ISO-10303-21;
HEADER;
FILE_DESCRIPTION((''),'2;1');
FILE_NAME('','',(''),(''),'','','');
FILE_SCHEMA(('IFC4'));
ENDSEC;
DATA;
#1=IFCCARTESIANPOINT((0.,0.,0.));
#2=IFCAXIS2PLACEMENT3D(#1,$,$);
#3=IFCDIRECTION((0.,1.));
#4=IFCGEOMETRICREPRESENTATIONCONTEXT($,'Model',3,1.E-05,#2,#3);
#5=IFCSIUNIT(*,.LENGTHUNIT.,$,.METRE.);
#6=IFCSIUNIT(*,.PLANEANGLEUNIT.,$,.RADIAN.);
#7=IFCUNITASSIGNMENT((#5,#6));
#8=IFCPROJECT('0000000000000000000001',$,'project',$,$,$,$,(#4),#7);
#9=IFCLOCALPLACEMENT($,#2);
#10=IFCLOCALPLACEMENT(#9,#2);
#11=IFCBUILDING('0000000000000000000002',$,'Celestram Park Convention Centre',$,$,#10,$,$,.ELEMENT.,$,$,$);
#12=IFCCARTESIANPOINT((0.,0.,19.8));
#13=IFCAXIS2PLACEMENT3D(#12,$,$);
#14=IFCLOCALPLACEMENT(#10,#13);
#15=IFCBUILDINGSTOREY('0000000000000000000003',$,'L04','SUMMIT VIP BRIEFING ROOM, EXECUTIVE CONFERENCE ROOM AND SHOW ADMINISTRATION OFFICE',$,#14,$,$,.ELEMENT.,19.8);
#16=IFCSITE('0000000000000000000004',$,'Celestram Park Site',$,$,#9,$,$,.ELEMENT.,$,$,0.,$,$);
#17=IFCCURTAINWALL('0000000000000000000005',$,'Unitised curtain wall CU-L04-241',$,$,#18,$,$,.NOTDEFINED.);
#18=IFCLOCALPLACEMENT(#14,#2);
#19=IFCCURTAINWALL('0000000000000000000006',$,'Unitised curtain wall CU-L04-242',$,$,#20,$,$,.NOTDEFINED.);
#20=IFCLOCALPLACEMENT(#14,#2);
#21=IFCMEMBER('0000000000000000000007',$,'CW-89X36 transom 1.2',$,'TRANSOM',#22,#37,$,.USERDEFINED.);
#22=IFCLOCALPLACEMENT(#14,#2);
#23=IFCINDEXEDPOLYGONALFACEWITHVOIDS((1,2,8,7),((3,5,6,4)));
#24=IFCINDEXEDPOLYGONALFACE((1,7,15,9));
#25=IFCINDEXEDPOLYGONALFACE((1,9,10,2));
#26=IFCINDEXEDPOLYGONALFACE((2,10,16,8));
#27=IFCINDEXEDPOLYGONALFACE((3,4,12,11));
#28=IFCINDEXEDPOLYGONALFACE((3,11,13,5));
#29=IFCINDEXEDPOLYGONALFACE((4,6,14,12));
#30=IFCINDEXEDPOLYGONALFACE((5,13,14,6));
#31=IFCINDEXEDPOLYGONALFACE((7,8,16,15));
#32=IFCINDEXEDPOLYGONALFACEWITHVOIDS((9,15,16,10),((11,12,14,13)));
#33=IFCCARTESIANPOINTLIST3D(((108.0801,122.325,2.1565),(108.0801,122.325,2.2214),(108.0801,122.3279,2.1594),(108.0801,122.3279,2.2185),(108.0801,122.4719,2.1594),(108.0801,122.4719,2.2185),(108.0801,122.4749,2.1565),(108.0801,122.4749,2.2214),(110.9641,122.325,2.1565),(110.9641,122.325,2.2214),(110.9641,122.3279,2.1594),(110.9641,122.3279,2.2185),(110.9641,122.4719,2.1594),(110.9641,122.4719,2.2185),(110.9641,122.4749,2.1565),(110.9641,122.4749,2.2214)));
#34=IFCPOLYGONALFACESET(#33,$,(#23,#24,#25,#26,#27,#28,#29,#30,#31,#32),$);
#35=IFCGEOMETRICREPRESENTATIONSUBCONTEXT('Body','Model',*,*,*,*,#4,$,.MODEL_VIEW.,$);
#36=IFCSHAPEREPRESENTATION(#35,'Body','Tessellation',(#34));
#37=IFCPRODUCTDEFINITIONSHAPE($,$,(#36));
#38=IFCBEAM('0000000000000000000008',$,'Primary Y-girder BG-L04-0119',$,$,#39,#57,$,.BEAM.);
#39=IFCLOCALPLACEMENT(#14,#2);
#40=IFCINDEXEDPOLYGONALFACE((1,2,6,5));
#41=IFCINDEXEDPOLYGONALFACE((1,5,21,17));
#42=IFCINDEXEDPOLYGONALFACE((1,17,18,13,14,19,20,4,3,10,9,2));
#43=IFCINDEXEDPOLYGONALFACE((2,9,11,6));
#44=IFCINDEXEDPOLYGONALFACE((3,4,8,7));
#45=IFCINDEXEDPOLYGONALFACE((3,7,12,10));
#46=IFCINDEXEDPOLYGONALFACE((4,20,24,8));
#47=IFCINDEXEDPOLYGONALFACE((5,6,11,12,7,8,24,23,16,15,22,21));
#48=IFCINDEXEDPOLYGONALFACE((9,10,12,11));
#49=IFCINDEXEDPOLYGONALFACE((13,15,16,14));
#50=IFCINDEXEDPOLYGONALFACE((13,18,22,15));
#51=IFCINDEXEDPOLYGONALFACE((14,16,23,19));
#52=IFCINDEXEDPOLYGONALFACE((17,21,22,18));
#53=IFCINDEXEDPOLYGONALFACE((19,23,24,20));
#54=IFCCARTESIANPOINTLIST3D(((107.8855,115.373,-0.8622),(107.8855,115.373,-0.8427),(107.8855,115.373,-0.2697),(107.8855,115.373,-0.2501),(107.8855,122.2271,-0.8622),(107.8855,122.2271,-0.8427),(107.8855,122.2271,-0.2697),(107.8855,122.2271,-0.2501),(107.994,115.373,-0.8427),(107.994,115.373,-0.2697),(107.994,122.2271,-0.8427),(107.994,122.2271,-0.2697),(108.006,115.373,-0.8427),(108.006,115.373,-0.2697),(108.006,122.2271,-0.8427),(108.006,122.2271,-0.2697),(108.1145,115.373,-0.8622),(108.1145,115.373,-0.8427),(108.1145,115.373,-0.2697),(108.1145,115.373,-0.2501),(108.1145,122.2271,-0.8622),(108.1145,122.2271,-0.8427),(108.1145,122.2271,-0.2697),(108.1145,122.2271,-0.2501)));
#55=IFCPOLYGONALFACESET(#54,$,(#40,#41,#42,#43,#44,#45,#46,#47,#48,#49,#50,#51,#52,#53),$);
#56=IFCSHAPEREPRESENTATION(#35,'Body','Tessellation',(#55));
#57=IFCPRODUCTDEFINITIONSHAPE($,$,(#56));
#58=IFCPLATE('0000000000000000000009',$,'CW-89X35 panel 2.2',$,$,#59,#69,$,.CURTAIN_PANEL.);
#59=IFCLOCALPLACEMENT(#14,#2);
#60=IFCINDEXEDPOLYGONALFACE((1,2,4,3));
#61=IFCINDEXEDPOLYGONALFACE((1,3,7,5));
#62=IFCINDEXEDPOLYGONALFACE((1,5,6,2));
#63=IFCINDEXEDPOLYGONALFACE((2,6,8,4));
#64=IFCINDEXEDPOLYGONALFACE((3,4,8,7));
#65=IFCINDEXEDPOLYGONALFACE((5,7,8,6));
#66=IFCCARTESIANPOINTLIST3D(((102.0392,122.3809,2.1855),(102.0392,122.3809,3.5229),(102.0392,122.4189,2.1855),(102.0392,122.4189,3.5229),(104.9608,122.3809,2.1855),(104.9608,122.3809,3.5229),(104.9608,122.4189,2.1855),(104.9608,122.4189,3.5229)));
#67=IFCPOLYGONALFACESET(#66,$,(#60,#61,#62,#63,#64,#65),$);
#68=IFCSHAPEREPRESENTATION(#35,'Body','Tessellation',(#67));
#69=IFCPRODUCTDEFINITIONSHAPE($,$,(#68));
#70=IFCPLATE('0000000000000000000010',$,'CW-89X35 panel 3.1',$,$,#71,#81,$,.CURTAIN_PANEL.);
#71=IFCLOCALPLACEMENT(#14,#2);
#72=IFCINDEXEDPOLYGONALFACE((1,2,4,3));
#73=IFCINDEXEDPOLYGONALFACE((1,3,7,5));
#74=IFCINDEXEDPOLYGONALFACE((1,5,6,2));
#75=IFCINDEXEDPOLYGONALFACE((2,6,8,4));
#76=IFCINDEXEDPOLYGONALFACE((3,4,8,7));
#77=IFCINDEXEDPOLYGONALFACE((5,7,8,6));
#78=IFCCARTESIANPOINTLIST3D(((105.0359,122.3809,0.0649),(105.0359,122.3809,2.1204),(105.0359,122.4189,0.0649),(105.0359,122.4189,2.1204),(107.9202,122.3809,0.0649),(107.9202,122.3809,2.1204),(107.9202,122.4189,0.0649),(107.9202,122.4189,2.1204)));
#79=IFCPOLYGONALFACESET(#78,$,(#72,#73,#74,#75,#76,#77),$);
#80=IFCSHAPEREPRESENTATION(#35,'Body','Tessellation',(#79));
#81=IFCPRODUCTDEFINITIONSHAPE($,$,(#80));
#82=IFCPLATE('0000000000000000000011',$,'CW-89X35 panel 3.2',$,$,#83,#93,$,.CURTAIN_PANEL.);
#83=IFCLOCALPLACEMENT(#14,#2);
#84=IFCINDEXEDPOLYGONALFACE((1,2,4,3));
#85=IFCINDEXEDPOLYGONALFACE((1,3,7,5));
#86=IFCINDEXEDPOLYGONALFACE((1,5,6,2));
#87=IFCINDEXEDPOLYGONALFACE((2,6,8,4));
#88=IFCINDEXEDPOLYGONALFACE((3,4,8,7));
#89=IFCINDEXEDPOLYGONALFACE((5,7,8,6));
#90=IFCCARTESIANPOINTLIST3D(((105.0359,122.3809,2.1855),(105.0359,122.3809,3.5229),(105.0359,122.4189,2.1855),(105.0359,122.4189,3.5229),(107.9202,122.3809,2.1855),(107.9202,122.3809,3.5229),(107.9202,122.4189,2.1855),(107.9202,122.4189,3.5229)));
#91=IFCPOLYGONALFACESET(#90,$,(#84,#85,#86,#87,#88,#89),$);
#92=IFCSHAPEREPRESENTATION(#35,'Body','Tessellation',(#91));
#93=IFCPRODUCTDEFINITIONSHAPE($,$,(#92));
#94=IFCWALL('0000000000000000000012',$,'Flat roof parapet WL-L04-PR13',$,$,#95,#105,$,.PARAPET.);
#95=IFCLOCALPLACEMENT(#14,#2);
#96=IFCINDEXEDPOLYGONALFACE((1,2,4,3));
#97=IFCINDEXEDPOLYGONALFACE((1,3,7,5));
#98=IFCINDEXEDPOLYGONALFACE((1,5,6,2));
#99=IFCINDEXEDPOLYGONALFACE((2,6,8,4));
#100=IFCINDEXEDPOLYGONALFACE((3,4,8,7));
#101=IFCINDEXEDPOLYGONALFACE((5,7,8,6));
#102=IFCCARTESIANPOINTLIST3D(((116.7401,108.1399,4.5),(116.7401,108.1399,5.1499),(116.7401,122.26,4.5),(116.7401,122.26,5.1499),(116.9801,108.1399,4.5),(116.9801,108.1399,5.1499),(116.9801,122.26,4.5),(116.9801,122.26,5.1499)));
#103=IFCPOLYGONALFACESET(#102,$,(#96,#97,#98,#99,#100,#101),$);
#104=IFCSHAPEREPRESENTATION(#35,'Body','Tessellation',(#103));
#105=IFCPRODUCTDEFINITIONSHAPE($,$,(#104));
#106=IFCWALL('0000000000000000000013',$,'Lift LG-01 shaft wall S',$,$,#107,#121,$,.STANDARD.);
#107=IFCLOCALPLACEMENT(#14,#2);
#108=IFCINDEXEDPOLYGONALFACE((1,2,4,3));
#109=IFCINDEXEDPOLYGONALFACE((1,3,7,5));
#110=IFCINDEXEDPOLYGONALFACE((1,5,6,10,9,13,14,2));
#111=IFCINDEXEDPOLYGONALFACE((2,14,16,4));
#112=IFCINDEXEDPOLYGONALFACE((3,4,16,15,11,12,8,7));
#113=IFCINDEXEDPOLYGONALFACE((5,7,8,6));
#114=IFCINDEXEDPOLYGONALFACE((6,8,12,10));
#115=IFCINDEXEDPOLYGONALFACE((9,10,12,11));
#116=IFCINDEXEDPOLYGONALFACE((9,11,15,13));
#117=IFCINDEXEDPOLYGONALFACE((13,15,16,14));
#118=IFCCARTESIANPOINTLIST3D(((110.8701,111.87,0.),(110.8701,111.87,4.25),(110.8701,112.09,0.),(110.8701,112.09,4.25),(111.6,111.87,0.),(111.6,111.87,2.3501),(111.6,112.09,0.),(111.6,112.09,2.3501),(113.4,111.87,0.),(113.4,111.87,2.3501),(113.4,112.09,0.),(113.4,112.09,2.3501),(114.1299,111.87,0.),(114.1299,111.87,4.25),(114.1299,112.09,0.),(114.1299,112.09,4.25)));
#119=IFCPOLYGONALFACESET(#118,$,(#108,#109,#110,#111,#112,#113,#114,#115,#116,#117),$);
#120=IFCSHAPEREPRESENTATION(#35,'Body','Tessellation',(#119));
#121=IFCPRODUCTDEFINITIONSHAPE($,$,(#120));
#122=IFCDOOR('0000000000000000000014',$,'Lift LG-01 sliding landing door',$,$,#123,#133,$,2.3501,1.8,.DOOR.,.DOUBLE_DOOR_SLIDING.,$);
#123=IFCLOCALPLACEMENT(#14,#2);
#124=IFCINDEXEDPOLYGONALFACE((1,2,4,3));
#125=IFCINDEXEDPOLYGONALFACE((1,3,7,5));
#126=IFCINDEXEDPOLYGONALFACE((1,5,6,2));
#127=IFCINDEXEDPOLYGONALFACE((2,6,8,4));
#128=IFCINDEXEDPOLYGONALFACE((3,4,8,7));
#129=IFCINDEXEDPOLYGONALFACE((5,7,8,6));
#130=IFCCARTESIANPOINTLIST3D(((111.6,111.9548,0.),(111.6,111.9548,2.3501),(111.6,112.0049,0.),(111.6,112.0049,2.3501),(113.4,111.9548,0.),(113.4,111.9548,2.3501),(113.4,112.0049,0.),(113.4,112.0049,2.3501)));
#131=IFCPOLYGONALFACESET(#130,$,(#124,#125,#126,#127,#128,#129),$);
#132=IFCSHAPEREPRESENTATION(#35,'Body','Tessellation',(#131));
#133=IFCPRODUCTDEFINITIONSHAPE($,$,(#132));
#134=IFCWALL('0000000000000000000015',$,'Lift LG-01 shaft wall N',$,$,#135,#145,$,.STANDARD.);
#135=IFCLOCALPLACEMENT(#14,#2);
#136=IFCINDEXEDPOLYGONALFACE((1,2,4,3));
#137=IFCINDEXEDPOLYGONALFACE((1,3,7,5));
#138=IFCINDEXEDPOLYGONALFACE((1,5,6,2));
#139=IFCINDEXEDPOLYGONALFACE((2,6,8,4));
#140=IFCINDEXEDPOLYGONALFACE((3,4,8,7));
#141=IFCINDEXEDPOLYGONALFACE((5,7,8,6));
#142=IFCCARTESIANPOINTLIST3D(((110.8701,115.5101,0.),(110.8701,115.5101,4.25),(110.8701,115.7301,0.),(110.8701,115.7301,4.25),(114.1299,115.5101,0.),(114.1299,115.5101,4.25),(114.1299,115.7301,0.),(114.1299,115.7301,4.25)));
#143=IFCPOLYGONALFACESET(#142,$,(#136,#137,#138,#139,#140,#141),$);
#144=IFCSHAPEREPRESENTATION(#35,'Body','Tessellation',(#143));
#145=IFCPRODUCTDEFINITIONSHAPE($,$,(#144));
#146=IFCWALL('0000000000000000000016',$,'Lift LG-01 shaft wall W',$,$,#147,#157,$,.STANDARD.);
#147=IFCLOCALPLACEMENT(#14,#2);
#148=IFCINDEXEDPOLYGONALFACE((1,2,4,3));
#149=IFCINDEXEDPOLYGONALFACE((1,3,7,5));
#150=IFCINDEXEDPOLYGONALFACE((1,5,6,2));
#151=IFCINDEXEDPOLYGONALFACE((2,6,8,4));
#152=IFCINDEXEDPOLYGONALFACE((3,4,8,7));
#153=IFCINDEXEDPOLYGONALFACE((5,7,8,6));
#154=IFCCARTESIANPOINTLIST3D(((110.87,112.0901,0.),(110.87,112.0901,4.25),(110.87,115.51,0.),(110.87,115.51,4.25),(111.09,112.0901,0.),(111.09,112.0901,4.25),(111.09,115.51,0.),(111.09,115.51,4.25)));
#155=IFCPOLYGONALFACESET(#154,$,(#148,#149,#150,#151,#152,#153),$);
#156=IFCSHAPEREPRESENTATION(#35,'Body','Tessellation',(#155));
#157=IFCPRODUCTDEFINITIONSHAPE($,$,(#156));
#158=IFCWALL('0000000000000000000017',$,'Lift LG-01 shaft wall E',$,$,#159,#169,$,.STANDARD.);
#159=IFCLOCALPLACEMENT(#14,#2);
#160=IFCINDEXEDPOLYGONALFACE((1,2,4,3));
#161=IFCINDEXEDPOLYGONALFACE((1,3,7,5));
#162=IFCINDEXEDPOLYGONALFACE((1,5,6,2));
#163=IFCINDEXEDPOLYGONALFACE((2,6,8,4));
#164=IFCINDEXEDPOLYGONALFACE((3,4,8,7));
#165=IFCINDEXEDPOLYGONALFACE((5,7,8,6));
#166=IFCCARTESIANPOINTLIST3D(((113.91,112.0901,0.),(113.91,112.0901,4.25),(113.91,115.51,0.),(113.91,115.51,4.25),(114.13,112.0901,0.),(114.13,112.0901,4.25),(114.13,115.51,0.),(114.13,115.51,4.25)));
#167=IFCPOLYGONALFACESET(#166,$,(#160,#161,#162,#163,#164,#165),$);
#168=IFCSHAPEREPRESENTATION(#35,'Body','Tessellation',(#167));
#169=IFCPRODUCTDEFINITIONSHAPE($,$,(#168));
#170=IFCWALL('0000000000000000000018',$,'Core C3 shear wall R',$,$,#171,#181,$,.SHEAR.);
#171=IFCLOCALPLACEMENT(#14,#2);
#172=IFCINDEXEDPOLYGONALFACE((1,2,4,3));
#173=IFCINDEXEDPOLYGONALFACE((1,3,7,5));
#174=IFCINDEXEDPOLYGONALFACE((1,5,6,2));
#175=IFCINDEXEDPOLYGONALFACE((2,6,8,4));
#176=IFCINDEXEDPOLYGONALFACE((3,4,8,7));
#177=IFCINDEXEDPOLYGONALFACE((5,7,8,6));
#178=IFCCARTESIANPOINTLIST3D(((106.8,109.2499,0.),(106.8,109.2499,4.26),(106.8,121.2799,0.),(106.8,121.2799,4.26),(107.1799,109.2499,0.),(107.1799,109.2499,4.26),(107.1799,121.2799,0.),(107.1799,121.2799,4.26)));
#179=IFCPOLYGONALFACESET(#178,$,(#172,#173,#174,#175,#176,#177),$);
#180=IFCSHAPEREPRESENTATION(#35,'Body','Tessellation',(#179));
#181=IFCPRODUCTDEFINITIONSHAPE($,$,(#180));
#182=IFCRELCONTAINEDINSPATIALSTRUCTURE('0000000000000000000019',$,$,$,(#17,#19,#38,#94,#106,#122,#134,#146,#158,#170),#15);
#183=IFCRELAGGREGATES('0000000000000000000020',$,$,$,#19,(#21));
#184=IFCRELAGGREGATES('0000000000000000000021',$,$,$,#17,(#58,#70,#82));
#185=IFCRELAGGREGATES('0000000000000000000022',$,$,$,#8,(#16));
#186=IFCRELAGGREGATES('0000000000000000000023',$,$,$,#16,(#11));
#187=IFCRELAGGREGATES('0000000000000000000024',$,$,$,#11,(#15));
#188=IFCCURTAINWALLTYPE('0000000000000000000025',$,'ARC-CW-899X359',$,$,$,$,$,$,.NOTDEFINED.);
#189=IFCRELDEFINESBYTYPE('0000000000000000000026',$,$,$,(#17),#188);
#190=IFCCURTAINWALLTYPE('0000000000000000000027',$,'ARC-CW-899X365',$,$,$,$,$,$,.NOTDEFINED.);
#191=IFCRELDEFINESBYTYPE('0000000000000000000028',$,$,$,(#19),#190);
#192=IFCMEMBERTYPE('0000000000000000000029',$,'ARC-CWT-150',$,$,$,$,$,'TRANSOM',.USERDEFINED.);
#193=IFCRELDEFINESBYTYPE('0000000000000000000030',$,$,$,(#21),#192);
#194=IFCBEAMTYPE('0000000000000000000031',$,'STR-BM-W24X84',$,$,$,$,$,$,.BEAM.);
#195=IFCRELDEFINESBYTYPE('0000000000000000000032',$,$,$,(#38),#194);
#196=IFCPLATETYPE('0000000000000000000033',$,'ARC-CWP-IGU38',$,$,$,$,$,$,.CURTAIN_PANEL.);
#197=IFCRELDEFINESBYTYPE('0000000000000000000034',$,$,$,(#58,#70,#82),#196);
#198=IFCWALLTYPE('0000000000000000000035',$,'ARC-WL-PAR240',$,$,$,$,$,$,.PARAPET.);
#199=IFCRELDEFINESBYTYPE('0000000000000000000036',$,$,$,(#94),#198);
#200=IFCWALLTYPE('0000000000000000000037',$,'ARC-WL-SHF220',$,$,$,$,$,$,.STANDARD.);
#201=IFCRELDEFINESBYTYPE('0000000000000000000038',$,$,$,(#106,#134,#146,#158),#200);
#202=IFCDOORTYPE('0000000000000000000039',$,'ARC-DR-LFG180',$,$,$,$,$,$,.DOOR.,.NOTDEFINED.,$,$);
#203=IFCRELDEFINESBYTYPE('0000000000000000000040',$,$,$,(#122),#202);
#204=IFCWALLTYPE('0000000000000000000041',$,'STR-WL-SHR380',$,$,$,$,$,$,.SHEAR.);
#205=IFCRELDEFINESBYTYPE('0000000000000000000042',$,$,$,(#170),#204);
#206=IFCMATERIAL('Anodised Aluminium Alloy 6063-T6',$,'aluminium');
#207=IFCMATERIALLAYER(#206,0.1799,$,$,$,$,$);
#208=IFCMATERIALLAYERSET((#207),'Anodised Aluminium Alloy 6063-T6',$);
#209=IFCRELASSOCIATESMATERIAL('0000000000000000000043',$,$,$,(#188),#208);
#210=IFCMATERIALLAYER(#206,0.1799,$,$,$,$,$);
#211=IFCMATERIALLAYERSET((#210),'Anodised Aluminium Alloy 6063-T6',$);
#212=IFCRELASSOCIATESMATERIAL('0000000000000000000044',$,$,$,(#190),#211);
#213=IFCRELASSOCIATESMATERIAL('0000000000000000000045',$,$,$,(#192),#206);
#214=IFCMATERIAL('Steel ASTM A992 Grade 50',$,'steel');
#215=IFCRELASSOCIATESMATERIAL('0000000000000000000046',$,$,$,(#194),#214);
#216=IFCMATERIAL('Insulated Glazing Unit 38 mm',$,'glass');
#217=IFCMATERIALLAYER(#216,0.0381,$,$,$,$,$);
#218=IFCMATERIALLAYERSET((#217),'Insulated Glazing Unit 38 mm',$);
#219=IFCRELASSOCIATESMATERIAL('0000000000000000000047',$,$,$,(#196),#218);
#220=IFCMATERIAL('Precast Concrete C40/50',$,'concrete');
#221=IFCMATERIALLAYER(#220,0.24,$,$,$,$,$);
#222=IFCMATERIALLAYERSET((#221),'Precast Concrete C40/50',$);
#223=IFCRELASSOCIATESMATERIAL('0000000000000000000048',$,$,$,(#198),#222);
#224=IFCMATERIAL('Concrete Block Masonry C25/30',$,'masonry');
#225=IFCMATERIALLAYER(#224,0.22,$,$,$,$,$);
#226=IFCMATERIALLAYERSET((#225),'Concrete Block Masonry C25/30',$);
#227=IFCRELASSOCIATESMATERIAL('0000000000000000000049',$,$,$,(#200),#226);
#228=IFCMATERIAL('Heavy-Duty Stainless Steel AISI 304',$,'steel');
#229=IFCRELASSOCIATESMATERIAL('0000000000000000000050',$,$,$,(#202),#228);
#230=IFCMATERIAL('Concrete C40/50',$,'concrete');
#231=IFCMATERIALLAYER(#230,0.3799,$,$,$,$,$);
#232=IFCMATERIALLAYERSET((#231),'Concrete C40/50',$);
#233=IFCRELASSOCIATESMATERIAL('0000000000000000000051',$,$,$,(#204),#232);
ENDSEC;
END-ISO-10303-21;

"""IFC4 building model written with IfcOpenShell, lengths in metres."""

from ifc_helpers import new_model, si_unit, direction, frame, frame_2d, origin, origin_2d, place, context, subcontext, project, spatial, rectangle, hollow_rectangle, i_section, extrude, material, layer, layer_set, material_profile, profile_set, type_object, element, fill, aggregate, save


model = new_model("IFC4")

# Units and contexts
model_context = context("Model", 3, precision=1e-05, world=origin(), true_north=direction((0.0, 1.0)))
body_context = subcontext(model_context, "Body", "Model", "MODEL_VIEW")
ifc_project = project(units=[si_unit("LENGTHUNIT", "METRE"), si_unit("PLANEANGLEUNIT", "RADIAN")], contexts=[model_context])

# Site, building, storey
site_placement = place(None, origin())
site = spatial("IfcSite", under=ifc_project, at=site_placement, Name="Celestram Park Site", CompositionType="ELEMENT", RefElevation=0.0)
building_placement = place(site_placement, origin())
building = spatial("IfcBuilding", under=site, at=building_placement, Name="Celestram Park Convention Centre", CompositionType="ELEMENT")
storey_placement = place(building_placement, frame((0.0, 0.0, 19.8)))
storey = spatial("IfcBuildingStorey", under=building, at=storey_placement, Name="L04", Description="SUMMIT VIP BRIEFING ROOM, EXECUTIVE CONFERENCE ROOM AND SHOW ADMINISTRATION OFFICE", CompositionType="ELEMENT", Elevation=19.8)

# Shared definitions
ifc_material_1 = material(Name="Steel ASTM A992 Grade 50", Category="steel")

# Curtain wall
ifc_material_2 = material(Name="Anodised Aluminium Alloy 6063-T6", Category="aluminium")
ifc_layer_1 = layer(ifc_material_2, 0.1799)
ifc_layer_set_1 = layer_set([ifc_layer_1], Name="Anodised Aluminium Alloy 6063-T6")
curtain_wall_type_1 = type_object("IfcCurtainWallType", Name="ARC-CW-899X359", PredefinedType="NOTDEFINED", material=ifc_layer_set_1)
curtain_wall_1_placement = place(storey_placement, origin())
curtain_wall_1 = element("IfcCurtainWall", 1, at=curtain_wall_1_placement, inside=storey, type_object=curtain_wall_type_1, Name="Unitised curtain wall CU-L04-241", PredefinedType="NOTDEFINED")

# Curtain wall
ifc_layer_2 = layer(ifc_material_2, 0.1799)
ifc_layer_set_2 = layer_set([ifc_layer_2], Name="Anodised Aluminium Alloy 6063-T6")
curtain_wall_type_2 = type_object("IfcCurtainWallType", Name="ARC-CW-899X365", PredefinedType="NOTDEFINED", material=ifc_layer_set_2)
curtain_wall_2_placement = place(storey_placement, origin())
curtain_wall_2 = element("IfcCurtainWall", 2, at=curtain_wall_2_placement, inside=storey, type_object=curtain_wall_type_2, Name="Unitised curtain wall CU-L04-242", PredefinedType="NOTDEFINED")

# Member
ifc_material_profile_1 = material_profile(ifc_material_2, hollow_rectangle(XDim=0.1499, YDim=0.0649, WallThickness=0.0029, at=origin_2d()), Name="ALU150X65X3")
ifc_profile_set_1 = profile_set([ifc_material_profile_1], Name="Anodised Aluminium Alloy 6063-T6")
member_type_1 = type_object("IfcMemberType", Name="ARC-CWT-150", ElementType="TRANSOM", PredefinedType="USERDEFINED", material=ifc_profile_set_1)
member_1_placement = place(storey_placement, frame((108.0801, 122.3999, 2.189), z_axis=(1.0, 0.0, 0.0), x_axis=(0.0, 1.0, 0.0)))
member_1 = element("IfcMember", 3, at=member_1_placement, type_object=member_type_1, Name="CW-89X36 transom 1.2", ObjectType="TRANSOM", PredefinedType="USERDEFINED", context=body_context, shape_type="SweptSolid", body=[
    extrude(hollow_rectangle(XDim=0.1499, YDim=0.0649, WallThickness=0.0029, at=origin_2d()), origin(), (0.0, 0.0, 1.0), 2.884),
])
aggregate(curtain_wall_2, [member_1])

# Beam
ifc_material_profile_2 = material_profile(ifc_material_1, i_section(OverallWidth=0.229, OverallDepth=0.6121, WebThickness=0.012, FlangeThickness=0.0195, at=origin_2d()), Name="W24X84")
ifc_profile_set_2 = profile_set([ifc_material_profile_2], Name="Steel ASTM A992 Grade 50")
beam_type = type_object("IfcBeamType", Name="STR-BM-W24X84", PredefinedType="BEAM", material=ifc_profile_set_2)
beam_placement = place(storey_placement, frame((108.0, 115.373, -0.5562), z_axis=(0.0, 1.0, 0.0), x_axis=(-1.0, 0.0, 0.0)))
element("IfcBeam", 4, at=beam_placement, inside=storey, type_object=beam_type, Name="Primary Y-girder BG-L04-0119", PredefinedType="BEAM", context=body_context, shape_type="SweptSolid", body=[
    extrude(i_section(OverallWidth=0.229, OverallDepth=0.6121, WebThickness=0.012, FlangeThickness=0.0195, at=origin_2d()), origin(), (0.0, 0.0, 1.0), 6.854),
])

# Plates
ifc_material_3 = material(Name="Insulated Glazing Unit 38 mm", Category="glass")
ifc_layer_3 = layer(ifc_material_3, 0.0381)
ifc_layer_set_3 = layer_set([ifc_layer_3], Name="Insulated Glazing Unit 38 mm")
plate_type = type_object("IfcPlateType", Name="ARC-CWP-IGU38", PredefinedType="CURTAIN_PANEL", material=ifc_layer_set_3)
plate_1_placement = place(storey_placement, frame((103.5, 122.3999, 2.1855), z_axis=(0.0, 0.0, 1.0), x_axis=(1.0, 0.0, 0.0)))
plate_1 = element("IfcPlate", 5, at=plate_1_placement, type_object=plate_type, Name="CW-89X35 panel 2.2", PredefinedType="CURTAIN_PANEL", context=body_context, shape_type="SweptSolid", body=[
    extrude(rectangle(XDim=2.9216, YDim=0.0381, at=origin_2d()), origin(), (0.0, 0.0, 1.0), 1.3374),
])
plate_2_placement = place(storey_placement, frame((106.478, 122.3999, 0.0649), z_axis=(0.0, 0.0, 1.0), x_axis=(1.0, 0.0, 0.0)))
plate_2 = element("IfcPlate", 6, at=plate_2_placement, type_object=plate_type, Name="CW-89X35 panel 3.1", PredefinedType="CURTAIN_PANEL", context=body_context, shape_type="SweptSolid", body=[
    extrude(rectangle(XDim=2.8843, YDim=0.0381, at=origin_2d()), origin(), (0.0, 0.0, 1.0), 2.0554),
])
plate_3_placement = place(storey_placement, frame((106.478, 122.3999, 2.1855), z_axis=(0.0, 0.0, 1.0), x_axis=(1.0, 0.0, 0.0)))
plate_3 = element("IfcPlate", 7, at=plate_3_placement, type_object=plate_type, Name="CW-89X35 panel 3.2", PredefinedType="CURTAIN_PANEL", context=body_context, shape_type="SweptSolid", body=[
    extrude(rectangle(XDim=2.8843, YDim=0.0381, at=origin_2d()), origin(), (0.0, 0.0, 1.0), 1.3374),
])
aggregate(curtain_wall_1, [plate_1, plate_2, plate_3])

# Wall
ifc_material_4 = material(Name="Precast Concrete C40/50", Category="concrete")
ifc_layer_4 = layer(ifc_material_4, 0.24)
ifc_layer_set_4 = layer_set([ifc_layer_4], Name="Precast Concrete C40/50")
wall_type_1 = type_object("IfcWallType", Name="ARC-WL-PAR240", PredefinedType="PARAPET", material=ifc_layer_set_4)
wall_1_placement = place(storey_placement, frame((116.8601, 122.26, 4.5), z_axis=(0.0, 0.0, 1.0), x_axis=(0.0, -1.0, 0.0)))
element("IfcWall", 8, at=wall_1_placement, inside=storey, type_object=wall_type_1, Name="Flat roof parapet WL-L04-PR13", PredefinedType="PARAPET", context=body_context, shape_type="SweptSolid", body=[
    extrude(rectangle(XDim=14.1201, YDim=0.24, at=frame_2d((7.0601, 0.0))), origin(), (0.0, 0.0, 1.0), 0.6499),
])

# Wall, opening, door
ifc_material_5 = material(Name="Concrete Block Masonry C25/30", Category="masonry")
ifc_layer_5 = layer(ifc_material_5, 0.22)
ifc_layer_set_5 = layer_set([ifc_layer_5], Name="Concrete Block Masonry C25/30")
wall_type_2 = type_object("IfcWallType", Name="ARC-WL-SHF220", PredefinedType="STANDARD", material=ifc_layer_set_5)
wall_2_placement = place(storey_placement, frame((110.8701, 111.98, 0.0), z_axis=(0.0, 0.0, 1.0), x_axis=(1.0, 0.0, 0.0)))
wall_2 = element("IfcWall", 9, at=wall_2_placement, inside=storey, type_object=wall_type_2, Name="Lift LG-01 shaft wall S", PredefinedType="STANDARD", context=body_context, shape_type="SweptSolid", body=[
    extrude(rectangle(XDim=3.2598, YDim=0.22, at=frame_2d((1.6299, 0.0))), origin(), (0.0, 0.0, 1.0), 4.25),
])
opening_placement = place(wall_2_placement, frame((0.73, 0.0, 0.0)))
opening = element("IfcOpeningElement", 10, at=opening_placement, cuts=wall_2, PredefinedType="OPENING", context=body_context, shape_type="SweptSolid", body=[
    extrude(rectangle(XDim=1.8, YDim=2.3501, at=frame_2d((0.8999, 1.175))), frame((0.0, 0.1199, 0.0), z_axis=(0.0, -1.0, 0.0), x_axis=(1.0, 0.0, 0.0)), (0.0, 0.0, 1.0), 0.24),
])
ifc_material_6 = material(Name="Heavy-Duty Stainless Steel AISI 304", Category="steel")
door_type = type_object("IfcDoorType", Name="ARC-DR-LFG180", OperationType="NOTDEFINED", PredefinedType="DOOR", material=ifc_material_6)
door_placement = place(opening_placement, origin())
door = element("IfcDoor", 11, at=door_placement, inside=storey, type_object=door_type, Name="Lift LG-01 sliding landing door", OperationType="DOUBLE_DOOR_SLIDING", OverallHeight=2.3501, OverallWidth=1.8, PredefinedType="DOOR", context=body_context, shape_type="SweptSolid", body=[
    extrude(rectangle(XDim=1.8, YDim=2.3501, at=frame_2d((0.8999, 1.175))), frame((0.0, 0.0249, 0.0), z_axis=(0.0, -1.0, 0.0), x_axis=(1.0, 0.0, 0.0)), (0.0, 0.0, 1.0), 0.05),
])
fill(opening, door)

# Walls
wall_3_placement = place(storey_placement, frame((114.1299, 115.6201, 0.0), z_axis=(0.0, 0.0, 1.0), x_axis=(-1.0, 0.0, 0.0)))
element("IfcWall", 12, at=wall_3_placement, inside=storey, type_object=wall_type_2, Name="Lift LG-01 shaft wall N", PredefinedType="STANDARD", context=body_context, shape_type="SweptSolid", body=[
    extrude(rectangle(XDim=3.2598, YDim=0.22, at=frame_2d((1.6299, 0.0))), origin(), (0.0, 0.0, 1.0), 4.25),
])
for number, where, z_axis, x_axis, name in (
    (13, (110.98, 115.51, 0.0), (0.0, 0.0, 1.0), (0.0, -1.0, 0.0), "Lift LG-01 shaft wall W"),
    (14, (114.02, 112.0901, 0.0), (0.0, 0.0, 1.0), (0.0, 1.0, 0.0), "Lift LG-01 shaft wall E"),
):
    element("IfcWall", number, at=place(storey_placement, frame(where, z_axis=z_axis, x_axis=x_axis)), inside=storey, type_object=wall_type_2, Name=name, PredefinedType="STANDARD", context=body_context, shape_type="SweptSolid", body=[
        extrude(rectangle(XDim=3.4199, YDim=0.22, at=frame_2d((1.71, 0.0))), origin(), (0.0, 0.0, 1.0), 4.25),
    ])
ifc_material_7 = material(Name="Concrete C40/50", Category="concrete")
ifc_layer_6 = layer(ifc_material_7, 0.3799)
ifc_layer_set_6 = layer_set([ifc_layer_6], Name="Concrete C40/50")
wall_type_3 = type_object("IfcWallType", Name="STR-WL-SHR380", PredefinedType="SHEAR", material=ifc_layer_set_6)
wall_4_placement = place(storey_placement, frame((106.99, 121.28, 0.0), z_axis=(0.0, 0.0, 1.0), x_axis=(0.0, -1.0, 0.0)))
element("IfcWall", 15, at=wall_4_placement, inside=storey, type_object=wall_type_3, Name="Core C3 shear wall R", PredefinedType="SHEAR", context=body_context, shape_type="SweptSolid", body=[
    extrude(rectangle(XDim=12.03, YDim=0.3799, at=frame_2d((6.0151, 0.0))), origin(), (0.0, 0.0, 1.0), 4.26),
])

save(model, "model.ifc")
